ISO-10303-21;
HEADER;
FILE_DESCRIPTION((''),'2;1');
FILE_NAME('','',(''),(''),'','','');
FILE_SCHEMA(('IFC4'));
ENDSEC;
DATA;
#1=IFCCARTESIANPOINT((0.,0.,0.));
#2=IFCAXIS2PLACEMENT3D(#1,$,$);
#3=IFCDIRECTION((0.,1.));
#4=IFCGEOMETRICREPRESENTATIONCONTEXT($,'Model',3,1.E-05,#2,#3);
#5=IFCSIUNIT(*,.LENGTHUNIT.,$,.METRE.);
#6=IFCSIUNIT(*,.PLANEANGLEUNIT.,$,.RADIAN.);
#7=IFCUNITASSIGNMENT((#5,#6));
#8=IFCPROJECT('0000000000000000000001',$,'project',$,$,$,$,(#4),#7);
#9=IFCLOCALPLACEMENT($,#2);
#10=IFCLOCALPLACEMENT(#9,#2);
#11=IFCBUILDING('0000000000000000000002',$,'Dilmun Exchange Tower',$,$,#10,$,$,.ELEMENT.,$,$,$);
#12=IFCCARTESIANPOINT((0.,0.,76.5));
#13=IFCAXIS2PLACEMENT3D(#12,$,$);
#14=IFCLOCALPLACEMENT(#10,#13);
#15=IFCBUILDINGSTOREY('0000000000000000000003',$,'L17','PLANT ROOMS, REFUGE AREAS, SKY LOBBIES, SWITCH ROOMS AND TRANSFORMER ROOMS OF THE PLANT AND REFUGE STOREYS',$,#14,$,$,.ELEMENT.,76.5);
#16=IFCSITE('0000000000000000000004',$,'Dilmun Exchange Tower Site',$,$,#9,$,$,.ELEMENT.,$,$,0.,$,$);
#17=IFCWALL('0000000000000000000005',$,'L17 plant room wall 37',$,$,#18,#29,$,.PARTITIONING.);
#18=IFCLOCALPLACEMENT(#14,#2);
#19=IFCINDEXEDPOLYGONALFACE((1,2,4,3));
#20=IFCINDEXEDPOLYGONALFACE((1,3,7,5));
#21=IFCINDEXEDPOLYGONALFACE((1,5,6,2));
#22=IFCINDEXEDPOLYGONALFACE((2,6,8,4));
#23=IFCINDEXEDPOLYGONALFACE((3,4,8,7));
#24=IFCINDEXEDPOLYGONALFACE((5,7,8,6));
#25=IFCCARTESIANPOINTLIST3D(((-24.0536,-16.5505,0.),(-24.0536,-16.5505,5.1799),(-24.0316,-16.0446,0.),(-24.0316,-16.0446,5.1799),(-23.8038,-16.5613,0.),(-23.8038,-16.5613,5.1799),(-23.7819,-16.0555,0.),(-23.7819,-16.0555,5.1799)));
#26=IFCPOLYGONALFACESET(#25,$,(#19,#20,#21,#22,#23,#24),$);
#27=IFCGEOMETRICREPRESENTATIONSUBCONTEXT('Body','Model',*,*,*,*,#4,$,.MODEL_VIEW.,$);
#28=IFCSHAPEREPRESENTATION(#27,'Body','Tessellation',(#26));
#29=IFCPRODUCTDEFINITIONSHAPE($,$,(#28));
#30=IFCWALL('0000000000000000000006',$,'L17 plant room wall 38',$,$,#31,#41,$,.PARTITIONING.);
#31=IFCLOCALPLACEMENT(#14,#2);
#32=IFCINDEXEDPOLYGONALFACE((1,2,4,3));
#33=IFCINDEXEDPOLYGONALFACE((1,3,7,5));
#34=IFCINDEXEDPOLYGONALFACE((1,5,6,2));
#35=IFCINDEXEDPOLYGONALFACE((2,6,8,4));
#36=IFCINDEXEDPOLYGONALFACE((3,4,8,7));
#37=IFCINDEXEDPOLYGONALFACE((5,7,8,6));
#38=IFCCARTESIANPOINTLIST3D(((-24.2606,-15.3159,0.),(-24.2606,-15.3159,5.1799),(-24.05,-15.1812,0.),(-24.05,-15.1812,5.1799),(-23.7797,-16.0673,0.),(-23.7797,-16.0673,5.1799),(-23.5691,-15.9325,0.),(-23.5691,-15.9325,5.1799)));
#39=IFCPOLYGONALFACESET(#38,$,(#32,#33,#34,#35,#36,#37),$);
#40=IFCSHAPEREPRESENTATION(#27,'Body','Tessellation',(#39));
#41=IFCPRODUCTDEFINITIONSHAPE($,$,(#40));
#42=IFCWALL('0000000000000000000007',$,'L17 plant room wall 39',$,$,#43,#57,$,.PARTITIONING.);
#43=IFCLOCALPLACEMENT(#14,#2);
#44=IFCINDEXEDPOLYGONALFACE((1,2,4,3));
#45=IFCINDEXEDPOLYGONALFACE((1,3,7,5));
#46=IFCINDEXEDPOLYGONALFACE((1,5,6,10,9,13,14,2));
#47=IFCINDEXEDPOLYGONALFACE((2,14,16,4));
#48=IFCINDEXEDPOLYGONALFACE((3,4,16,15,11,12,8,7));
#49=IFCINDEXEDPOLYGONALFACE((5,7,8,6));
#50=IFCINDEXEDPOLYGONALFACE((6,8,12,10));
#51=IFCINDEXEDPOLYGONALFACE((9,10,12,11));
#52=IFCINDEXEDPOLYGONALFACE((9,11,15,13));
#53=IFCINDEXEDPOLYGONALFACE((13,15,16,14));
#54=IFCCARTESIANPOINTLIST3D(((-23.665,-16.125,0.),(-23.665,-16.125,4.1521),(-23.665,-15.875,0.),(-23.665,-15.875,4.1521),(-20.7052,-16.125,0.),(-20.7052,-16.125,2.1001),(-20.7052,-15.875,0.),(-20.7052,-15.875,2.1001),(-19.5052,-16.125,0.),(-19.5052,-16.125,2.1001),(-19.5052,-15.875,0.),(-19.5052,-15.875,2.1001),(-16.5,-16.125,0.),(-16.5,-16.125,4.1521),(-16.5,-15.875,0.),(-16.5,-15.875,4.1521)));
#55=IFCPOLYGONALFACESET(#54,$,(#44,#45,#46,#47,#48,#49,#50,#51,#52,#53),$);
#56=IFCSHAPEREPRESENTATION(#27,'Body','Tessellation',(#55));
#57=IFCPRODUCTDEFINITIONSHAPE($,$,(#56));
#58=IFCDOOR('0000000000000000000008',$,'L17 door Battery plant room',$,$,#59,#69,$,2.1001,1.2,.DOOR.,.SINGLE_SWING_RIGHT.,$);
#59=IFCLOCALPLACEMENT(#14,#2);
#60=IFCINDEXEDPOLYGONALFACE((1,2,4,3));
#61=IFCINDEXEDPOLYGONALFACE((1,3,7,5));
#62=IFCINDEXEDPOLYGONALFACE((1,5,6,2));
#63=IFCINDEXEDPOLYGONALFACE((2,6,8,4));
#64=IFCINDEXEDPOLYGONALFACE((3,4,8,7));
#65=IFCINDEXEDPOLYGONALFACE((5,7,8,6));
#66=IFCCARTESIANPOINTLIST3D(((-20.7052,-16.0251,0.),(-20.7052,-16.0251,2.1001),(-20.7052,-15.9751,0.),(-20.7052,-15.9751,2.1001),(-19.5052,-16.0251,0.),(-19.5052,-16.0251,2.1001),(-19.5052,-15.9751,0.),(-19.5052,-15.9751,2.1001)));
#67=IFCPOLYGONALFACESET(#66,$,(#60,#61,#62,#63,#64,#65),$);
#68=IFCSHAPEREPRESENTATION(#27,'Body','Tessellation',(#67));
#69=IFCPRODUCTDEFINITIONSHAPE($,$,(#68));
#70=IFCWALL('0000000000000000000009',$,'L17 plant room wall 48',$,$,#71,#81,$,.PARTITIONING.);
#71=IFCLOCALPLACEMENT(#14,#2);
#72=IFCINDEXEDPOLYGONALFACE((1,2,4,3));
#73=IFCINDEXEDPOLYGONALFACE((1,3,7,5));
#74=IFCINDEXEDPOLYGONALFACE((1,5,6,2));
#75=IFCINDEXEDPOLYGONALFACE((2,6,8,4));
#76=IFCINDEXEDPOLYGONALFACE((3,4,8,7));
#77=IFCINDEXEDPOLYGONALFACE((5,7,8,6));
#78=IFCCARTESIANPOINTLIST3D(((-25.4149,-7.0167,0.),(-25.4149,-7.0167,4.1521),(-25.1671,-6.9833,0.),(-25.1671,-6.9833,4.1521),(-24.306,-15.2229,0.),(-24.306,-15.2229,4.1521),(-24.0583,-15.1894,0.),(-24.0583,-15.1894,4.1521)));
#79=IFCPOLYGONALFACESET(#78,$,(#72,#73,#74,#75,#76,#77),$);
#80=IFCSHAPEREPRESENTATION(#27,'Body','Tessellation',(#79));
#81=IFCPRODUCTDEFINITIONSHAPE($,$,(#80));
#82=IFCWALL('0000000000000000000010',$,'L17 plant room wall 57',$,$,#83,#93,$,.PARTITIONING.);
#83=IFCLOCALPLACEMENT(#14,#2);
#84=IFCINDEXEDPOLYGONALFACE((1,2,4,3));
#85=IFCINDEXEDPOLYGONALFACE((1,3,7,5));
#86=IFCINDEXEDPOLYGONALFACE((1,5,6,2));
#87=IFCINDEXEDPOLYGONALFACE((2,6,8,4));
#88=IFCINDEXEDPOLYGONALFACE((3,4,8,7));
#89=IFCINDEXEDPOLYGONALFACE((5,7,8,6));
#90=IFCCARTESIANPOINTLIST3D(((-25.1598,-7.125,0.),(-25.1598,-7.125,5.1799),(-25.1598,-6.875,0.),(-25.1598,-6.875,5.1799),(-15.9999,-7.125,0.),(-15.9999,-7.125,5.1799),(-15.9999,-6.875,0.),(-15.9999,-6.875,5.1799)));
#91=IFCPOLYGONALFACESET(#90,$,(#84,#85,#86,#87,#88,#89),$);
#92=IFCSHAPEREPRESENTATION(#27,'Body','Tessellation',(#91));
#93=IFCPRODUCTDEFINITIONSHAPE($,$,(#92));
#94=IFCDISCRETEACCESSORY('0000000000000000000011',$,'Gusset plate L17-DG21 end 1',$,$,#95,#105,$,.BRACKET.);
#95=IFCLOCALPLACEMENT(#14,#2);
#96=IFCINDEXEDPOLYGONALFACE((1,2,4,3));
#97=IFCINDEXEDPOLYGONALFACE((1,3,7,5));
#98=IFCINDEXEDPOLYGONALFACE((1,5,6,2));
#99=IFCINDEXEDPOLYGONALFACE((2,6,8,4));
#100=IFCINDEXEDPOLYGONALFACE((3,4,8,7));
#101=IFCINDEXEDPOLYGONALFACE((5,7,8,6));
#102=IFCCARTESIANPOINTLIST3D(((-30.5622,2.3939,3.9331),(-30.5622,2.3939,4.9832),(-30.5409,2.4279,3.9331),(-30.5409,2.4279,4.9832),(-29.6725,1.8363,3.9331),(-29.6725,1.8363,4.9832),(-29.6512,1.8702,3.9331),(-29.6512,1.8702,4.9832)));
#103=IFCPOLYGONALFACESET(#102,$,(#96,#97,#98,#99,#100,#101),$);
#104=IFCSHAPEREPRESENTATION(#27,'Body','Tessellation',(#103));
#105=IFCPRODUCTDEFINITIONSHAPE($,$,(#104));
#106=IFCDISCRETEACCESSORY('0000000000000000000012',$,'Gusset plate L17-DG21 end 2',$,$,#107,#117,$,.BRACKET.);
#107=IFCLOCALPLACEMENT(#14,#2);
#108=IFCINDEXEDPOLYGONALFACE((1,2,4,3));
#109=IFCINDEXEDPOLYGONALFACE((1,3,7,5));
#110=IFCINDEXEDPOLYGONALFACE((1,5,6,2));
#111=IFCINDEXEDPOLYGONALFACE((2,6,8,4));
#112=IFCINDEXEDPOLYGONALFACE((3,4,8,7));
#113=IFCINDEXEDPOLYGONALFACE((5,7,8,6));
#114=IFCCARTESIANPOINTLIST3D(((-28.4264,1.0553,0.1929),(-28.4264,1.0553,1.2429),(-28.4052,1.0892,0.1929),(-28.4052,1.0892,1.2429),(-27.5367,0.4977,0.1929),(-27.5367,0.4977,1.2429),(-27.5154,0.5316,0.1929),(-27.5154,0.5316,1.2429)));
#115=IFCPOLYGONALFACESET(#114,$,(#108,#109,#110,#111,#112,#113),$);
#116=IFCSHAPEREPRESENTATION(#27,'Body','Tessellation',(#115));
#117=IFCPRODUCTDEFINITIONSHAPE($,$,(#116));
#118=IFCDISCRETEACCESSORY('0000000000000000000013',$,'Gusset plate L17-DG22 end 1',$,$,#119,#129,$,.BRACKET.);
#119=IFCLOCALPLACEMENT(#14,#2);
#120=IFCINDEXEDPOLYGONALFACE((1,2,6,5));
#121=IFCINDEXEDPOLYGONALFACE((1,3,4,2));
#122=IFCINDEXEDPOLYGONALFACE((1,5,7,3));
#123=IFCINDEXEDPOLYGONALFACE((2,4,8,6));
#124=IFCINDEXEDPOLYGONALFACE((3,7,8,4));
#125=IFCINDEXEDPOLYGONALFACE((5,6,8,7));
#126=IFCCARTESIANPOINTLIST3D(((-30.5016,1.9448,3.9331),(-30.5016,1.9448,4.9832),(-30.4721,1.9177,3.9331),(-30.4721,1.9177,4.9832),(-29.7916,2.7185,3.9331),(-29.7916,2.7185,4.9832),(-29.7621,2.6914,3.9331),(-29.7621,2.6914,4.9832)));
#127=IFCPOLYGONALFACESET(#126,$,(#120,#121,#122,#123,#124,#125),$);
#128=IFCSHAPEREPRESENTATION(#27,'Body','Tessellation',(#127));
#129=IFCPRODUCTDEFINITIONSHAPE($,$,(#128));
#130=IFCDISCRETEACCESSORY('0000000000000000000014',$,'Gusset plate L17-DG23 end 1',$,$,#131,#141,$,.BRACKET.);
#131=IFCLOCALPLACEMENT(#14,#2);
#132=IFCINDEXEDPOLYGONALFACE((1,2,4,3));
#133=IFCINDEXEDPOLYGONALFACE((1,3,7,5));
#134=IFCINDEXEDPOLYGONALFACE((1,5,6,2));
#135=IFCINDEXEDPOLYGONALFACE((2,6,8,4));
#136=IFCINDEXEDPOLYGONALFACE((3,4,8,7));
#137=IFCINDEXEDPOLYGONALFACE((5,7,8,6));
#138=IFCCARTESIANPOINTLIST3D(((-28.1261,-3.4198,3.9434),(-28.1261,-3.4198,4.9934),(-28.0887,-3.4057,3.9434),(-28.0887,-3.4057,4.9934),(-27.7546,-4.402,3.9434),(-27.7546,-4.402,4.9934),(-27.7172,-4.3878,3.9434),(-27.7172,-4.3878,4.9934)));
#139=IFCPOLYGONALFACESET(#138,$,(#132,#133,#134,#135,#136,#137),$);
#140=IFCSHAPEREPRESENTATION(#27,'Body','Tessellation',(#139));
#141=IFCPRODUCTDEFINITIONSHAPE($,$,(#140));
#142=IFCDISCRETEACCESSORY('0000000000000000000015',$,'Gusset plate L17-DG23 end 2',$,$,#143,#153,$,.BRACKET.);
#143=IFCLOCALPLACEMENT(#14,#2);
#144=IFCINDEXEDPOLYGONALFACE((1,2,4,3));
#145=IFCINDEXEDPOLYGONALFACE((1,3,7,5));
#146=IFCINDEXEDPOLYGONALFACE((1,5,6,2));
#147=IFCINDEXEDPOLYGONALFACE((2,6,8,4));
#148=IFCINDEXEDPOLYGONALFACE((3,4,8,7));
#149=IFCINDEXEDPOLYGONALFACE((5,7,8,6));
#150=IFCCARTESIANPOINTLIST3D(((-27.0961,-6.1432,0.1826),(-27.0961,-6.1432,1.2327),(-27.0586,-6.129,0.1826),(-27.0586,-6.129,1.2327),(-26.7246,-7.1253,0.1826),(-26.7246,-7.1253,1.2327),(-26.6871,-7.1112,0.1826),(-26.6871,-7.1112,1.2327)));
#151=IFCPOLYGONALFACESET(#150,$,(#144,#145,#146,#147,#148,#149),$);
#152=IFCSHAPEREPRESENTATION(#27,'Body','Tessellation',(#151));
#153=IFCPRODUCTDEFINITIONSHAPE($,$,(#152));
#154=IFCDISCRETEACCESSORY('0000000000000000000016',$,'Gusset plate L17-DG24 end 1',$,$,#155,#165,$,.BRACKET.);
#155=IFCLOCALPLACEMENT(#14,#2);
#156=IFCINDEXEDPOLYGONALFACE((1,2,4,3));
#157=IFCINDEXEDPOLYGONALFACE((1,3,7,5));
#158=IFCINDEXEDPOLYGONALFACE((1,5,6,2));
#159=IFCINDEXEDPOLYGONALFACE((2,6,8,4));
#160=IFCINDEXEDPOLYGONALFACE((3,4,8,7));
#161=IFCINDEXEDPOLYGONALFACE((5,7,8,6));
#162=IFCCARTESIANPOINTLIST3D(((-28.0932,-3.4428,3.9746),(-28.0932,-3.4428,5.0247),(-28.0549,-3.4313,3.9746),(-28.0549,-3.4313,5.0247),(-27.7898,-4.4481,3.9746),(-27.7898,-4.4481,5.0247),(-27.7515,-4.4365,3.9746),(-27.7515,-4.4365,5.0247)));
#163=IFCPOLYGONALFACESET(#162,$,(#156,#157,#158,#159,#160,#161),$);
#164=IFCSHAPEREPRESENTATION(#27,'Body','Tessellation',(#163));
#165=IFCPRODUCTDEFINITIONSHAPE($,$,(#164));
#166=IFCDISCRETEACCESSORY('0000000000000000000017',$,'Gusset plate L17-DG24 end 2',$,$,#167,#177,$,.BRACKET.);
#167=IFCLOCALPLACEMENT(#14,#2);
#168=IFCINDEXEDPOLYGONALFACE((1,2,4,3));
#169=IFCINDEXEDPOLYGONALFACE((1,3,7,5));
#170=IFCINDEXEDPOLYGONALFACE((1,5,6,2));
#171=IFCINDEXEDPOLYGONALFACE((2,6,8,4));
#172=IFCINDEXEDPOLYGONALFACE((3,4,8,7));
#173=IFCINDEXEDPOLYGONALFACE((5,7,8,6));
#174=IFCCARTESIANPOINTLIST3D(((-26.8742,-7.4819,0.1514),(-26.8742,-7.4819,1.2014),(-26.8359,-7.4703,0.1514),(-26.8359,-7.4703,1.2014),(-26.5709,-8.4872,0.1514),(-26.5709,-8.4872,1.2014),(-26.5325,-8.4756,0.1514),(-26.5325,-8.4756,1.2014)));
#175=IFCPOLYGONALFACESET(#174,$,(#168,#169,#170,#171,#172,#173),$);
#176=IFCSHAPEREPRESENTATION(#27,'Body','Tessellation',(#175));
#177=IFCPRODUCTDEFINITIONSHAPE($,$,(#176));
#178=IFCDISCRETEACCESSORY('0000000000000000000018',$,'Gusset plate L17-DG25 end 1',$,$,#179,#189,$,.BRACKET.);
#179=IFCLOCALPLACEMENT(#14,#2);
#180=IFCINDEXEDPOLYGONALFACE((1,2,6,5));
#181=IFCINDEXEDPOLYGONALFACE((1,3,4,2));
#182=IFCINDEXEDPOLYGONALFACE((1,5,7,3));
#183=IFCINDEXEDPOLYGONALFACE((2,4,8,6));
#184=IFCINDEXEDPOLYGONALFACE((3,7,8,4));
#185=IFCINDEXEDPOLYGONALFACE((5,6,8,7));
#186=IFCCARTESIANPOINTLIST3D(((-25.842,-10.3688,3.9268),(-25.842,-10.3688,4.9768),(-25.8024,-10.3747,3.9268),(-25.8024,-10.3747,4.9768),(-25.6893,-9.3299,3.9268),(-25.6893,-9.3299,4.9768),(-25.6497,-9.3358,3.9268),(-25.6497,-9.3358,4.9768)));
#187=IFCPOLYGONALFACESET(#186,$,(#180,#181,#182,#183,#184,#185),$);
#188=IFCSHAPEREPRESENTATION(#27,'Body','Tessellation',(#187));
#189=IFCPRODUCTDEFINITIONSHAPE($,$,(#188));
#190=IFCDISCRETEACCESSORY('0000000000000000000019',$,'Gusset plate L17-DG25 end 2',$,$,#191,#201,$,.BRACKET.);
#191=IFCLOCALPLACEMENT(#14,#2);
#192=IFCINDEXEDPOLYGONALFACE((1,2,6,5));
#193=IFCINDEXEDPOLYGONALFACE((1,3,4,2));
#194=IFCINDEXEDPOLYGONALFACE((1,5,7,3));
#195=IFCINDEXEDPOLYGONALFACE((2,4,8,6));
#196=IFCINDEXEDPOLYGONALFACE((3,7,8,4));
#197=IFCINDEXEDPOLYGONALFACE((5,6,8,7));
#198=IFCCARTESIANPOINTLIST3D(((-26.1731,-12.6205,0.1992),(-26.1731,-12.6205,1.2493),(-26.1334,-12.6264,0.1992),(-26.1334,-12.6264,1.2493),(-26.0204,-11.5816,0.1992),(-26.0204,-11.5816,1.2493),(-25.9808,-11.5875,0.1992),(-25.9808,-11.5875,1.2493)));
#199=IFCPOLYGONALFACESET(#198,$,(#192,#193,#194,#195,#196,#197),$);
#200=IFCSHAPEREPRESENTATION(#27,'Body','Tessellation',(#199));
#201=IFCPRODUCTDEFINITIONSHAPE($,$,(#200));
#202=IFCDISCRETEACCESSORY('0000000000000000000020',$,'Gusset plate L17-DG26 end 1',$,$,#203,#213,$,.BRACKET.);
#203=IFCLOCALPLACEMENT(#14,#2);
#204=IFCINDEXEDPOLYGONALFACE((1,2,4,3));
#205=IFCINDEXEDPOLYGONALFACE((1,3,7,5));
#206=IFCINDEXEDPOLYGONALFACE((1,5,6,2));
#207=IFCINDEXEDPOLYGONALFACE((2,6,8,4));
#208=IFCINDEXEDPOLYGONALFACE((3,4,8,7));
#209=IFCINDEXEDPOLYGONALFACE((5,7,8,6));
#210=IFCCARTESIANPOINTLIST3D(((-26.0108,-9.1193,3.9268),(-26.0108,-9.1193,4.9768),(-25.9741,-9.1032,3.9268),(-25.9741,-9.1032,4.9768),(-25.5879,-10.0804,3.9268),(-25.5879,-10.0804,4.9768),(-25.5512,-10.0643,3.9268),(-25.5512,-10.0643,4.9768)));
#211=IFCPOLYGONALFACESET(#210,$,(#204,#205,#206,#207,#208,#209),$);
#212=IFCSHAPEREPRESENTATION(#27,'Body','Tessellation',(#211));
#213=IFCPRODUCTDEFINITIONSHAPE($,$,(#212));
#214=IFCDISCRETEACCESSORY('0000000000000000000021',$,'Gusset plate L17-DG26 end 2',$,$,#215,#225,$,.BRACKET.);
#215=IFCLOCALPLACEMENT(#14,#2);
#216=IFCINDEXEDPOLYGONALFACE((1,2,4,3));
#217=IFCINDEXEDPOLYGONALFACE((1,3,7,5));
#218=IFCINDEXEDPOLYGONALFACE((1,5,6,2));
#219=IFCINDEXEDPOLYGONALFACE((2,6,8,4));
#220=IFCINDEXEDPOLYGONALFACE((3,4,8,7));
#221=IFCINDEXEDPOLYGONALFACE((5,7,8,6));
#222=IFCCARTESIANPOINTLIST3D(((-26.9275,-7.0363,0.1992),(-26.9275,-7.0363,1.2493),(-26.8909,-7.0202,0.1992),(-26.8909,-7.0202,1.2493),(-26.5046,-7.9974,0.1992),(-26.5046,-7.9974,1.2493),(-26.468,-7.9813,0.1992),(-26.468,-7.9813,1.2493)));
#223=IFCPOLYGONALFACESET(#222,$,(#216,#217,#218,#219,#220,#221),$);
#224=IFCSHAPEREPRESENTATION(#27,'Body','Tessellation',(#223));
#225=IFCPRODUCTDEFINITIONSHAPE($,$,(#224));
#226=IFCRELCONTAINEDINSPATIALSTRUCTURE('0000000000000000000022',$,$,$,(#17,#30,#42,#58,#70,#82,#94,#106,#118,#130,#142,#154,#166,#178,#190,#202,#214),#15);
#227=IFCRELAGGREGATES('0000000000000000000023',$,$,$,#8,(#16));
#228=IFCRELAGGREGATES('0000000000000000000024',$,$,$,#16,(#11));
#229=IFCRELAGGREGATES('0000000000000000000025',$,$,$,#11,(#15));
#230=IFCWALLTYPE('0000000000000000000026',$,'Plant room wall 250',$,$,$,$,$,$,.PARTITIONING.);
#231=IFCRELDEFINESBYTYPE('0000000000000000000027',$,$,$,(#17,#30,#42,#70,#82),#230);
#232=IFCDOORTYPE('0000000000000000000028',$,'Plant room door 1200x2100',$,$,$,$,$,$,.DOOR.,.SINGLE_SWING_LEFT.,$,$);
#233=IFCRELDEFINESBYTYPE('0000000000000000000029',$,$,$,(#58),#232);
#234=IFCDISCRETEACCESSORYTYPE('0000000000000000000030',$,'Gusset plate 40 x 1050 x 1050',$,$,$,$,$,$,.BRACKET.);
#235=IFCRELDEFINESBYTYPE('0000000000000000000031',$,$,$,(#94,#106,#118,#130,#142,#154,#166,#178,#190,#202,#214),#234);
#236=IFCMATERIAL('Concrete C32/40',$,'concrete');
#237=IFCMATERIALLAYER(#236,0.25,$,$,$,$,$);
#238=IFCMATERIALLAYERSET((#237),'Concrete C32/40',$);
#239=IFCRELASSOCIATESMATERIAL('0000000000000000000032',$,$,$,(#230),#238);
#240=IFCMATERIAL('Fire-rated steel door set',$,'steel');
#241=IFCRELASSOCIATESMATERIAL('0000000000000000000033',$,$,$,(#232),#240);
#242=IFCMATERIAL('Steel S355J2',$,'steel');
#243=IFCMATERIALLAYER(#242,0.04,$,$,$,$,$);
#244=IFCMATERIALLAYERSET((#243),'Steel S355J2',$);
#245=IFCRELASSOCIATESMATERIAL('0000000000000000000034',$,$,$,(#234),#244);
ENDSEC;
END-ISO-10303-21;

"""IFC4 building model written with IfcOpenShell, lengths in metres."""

from ifc_helpers import new_model, si_unit, direction, frame, frame_2d, origin, origin_2d, place, context, subcontext, project, spatial, rectangle, extrude, material, layer, layer_set, type_object, element, fill, save


model = new_model("IFC4")

# Units and contexts
model_context = context("Model", 3, precision=1e-05, world=origin(), true_north=direction((0.0, 1.0)))
body_context = subcontext(model_context, "Body", "Model", "MODEL_VIEW")
ifc_project = project(units=[si_unit("LENGTHUNIT", "METRE"), si_unit("PLANEANGLEUNIT", "RADIAN")], contexts=[model_context])

# Site, building, storey
site_placement = place(None, origin())
site = spatial("IfcSite", under=ifc_project, at=site_placement, Name="Dilmun Exchange Tower Site", CompositionType="ELEMENT", RefElevation=0.0)
building_placement = place(site_placement, origin())
building = spatial("IfcBuilding", under=site, at=building_placement, Name="Dilmun Exchange Tower", CompositionType="ELEMENT")
storey_placement = place(building_placement, frame((0.0, 0.0, 76.5)))
storey = spatial("IfcBuildingStorey", under=building, at=storey_placement, Name="L17", Description="PLANT ROOMS, REFUGE AREAS, SKY LOBBIES, SWITCH ROOMS AND TRANSFORMER ROOMS OF THE PLANT AND REFUGE STOREYS", CompositionType="ELEMENT", Elevation=76.5)

# Walls
ifc_material_1 = material(Name="Concrete C32/40", Category="concrete")
ifc_layer_1 = layer(ifc_material_1, 0.25)
ifc_layer_set_1 = layer_set([ifc_layer_1], Name="Concrete C32/40")
wall_type = type_object("IfcWallType", Name="Plant room wall 250", PredefinedType="PARTITIONING", material=ifc_layer_set_1)
wall_1_placement = place(storey_placement, frame((-23.9287, -16.5559, 0.0), z_axis=(0.0, 0.0, 1.0), x_axis=(0.043395, 0.999058, 0.0)))
element("IfcWall", 1, at=wall_1_placement, inside=storey, type_object=wall_type, Name="L17 plant room wall 37", PredefinedType="PARTITIONING", context=body_context, shape_type="SweptSolid", body=[
    extrude(rectangle(XDim=0.5063, YDim=0.25, at=frame_2d((0.2532, 0.0))), origin(), (0.0, 0.0, 1.0), 5.1799),
])
wall_2_placement = place(storey_placement, frame((-24.1553, -15.2485, 0.0), z_axis=(0.0, 0.0, 1.0), x_axis=(0.539069, -0.842261, 0.0)))
element("IfcWall", 2, at=wall_2_placement, inside=storey, type_object=wall_type, Name="L17 plant room wall 38", PredefinedType="PARTITIONING", context=body_context, shape_type="SweptSolid", body=[
    extrude(rectangle(XDim=0.8921, YDim=0.25, at=frame_2d((0.446, 0.0))), origin(), (0.0, 0.0, 1.0), 5.1799),
])

# Wall, opening, door
wall_3_placement = place(storey_placement, frame((-23.665, -16.0, 0.0), z_axis=(0.0, 0.0, 1.0), x_axis=(1.0, 0.0, 0.0)))
wall_3 = element("IfcWall", 3, at=wall_3_placement, inside=storey, type_object=wall_type, Name="L17 plant room wall 39", PredefinedType="PARTITIONING", context=body_context, shape_type="SweptSolid", body=[
    extrude(rectangle(XDim=7.165, YDim=0.25, at=frame_2d((3.5825, 0.0))), origin(), (0.0, 0.0, 1.0), 4.1521),
])
opening_placement = place(wall_3_placement, frame((2.9597, 0.0, 0.0)))
opening = element("IfcOpeningElement", 4, at=opening_placement, cuts=wall_3, PredefinedType="OPENING", context=body_context, shape_type="SweptSolid", body=[
    extrude(rectangle(XDim=1.2, YDim=2.1001, at=frame_2d((0.6001, 1.05))), frame((0.0, 0.135, 0.0), z_axis=(0.0, -1.0, 0.0), x_axis=(1.0, 0.0, 0.0)), (0.0, 0.0, 1.0), 0.27),
])
ifc_material_2 = material(Name="Fire-rated steel door set", Category="steel")
door_type = type_object("IfcDoorType", Name="Plant room door 1200x2100", OperationType="SINGLE_SWING_LEFT", PredefinedType="DOOR", material=ifc_material_2)
door_placement = place(opening_placement, origin())
door = element("IfcDoor", 5, at=door_placement, inside=storey, type_object=door_type, Name="L17 door Battery plant room", OperationType="SINGLE_SWING_RIGHT", OverallHeight=2.1001, OverallWidth=1.2, PredefinedType="DOOR", context=body_context, shape_type="SweptSolid", body=[
    extrude(rectangle(XDim=1.2, YDim=2.1001, at=frame_2d((0.6001, 1.05))), frame((0.0, 0.0249, 0.0), z_axis=(0.0, -1.0, 0.0), x_axis=(1.0, 0.0, 0.0)), (0.0, 0.0, 1.0), 0.05),
])
fill(opening, door)

# Walls
wall_4_placement = place(storey_placement, frame((-25.291, -7.0, 0.0), z_axis=(0.0, 0.0, 1.0), x_axis=(0.133909, -0.990994, 0.0)))
element("IfcWall", 6, at=wall_4_placement, inside=storey, type_object=wall_type, Name="L17 plant room wall 48", PredefinedType="PARTITIONING", context=body_context, shape_type="SweptSolid", body=[
    extrude(rectangle(XDim=8.2808, YDim=0.25, at=frame_2d((4.1404, 0.0))), origin(), (0.0, 0.0, 1.0), 4.1521),
])
wall_5_placement = place(storey_placement, frame((-25.1599, -7.0, 0.0), z_axis=(0.0, 0.0, 1.0), x_axis=(1.0, 0.0, 0.0)))
element("IfcWall", 7, at=wall_5_placement, inside=storey, type_object=wall_type, Name="L17 plant room wall 57", PredefinedType="PARTITIONING", context=body_context, shape_type="SweptSolid", body=[
    extrude(rectangle(XDim=9.1599, YDim=0.25, at=frame_2d((4.5801, 0.0))), origin(), (0.0, 0.0, 1.0), 5.1799),
])

# Discrete accessories
ifc_material_3 = material(Name="Steel S355J2", Category="steel")
ifc_layer_2 = layer(ifc_material_3, 0.04)
ifc_layer_set_2 = layer_set([ifc_layer_2], Name="Steel S355J2")
discrete_accessory_type = type_object("IfcDiscreteAccessoryType", Name="Gusset plate 40 x 1050 x 1050", PredefinedType="BRACKET", material=ifc_layer_set_2)
for number, where, z_axis, x_axis, name in (
    (8, (-30.1067, 2.1321, 3.9331), (0.0, 0.0, 1.0), (0.847325, -0.531075, 0.0), "Gusset plate L17-DG21 end 1"),
    (9, (-27.9709, 0.7935, 0.1929), (0.0, 0.0, 1.0), (0.847325, -0.531075, 0.0), "Gusset plate L17-DG21 end 2"),
    (10, (-30.1318, 2.3181, 3.9331), (0.0, 0.0, 1.0), (0.676124, 0.736788, 0.0), "Gusset plate L17-DG22 end 1"),
    (11, (-27.9216, -3.9038, 3.9434), (0.0, 0.0, 1.0), (0.353796, -0.935322, 0.0), "Gusset plate L17-DG23 end 1"),
    (12, (-26.8916, -6.6272, 0.1826), (0.0, 0.0, 1.0), (0.353796, -0.935322, 0.0), "Gusset plate L17-DG23 end 2"),
    (13, (-27.9224, -3.9397, 3.9746), (0.0, 0.0, 1.0), (0.28891, -0.957356, 0.0), "Gusset plate L17-DG24 end 1"),
    (14, (-26.7034, -7.9788, 0.1514), (0.0, 0.0, 1.0), (0.28891, -0.957356, 0.0), "Gusset plate L17-DG24 end 2"),
    (15, (-25.7458, -9.8523, 3.9268), (0.0, 0.0, 1.0), (-0.145408, -0.989372, 0.0), "Gusset plate L17-DG25 end 1"),
    (16, (-26.0769, -12.104, 0.1992), (0.0, 0.0, 1.0), (-0.145408, -0.989372, 0.0), "Gusset plate L17-DG25 end 2"),
    (17, (-25.781, -9.5918, 3.9268), (0.0, 0.0, 1.0), (-0.402758, 0.915307, 0.0), "Gusset plate L17-DG26 end 1"),
    (18, (-26.6978, -7.5088, 0.1992), (0.0, 0.0, 1.0), (-0.402758, 0.915307, 0.0), "Gusset plate L17-DG26 end 2"),
):
    element("IfcDiscreteAccessory", number, at=place(storey_placement, frame(where, z_axis=z_axis, x_axis=x_axis)), inside=storey, type_object=discrete_accessory_type, Name=name, PredefinedType="BRACKET", context=body_context, shape_type="SweptSolid", body=[
        extrude(rectangle(XDim=1.05, YDim=0.04, at=origin_2d()), origin(), (0.0, 0.0, 1.0), 1.05),
    ])

save(model, "model.ifc")
